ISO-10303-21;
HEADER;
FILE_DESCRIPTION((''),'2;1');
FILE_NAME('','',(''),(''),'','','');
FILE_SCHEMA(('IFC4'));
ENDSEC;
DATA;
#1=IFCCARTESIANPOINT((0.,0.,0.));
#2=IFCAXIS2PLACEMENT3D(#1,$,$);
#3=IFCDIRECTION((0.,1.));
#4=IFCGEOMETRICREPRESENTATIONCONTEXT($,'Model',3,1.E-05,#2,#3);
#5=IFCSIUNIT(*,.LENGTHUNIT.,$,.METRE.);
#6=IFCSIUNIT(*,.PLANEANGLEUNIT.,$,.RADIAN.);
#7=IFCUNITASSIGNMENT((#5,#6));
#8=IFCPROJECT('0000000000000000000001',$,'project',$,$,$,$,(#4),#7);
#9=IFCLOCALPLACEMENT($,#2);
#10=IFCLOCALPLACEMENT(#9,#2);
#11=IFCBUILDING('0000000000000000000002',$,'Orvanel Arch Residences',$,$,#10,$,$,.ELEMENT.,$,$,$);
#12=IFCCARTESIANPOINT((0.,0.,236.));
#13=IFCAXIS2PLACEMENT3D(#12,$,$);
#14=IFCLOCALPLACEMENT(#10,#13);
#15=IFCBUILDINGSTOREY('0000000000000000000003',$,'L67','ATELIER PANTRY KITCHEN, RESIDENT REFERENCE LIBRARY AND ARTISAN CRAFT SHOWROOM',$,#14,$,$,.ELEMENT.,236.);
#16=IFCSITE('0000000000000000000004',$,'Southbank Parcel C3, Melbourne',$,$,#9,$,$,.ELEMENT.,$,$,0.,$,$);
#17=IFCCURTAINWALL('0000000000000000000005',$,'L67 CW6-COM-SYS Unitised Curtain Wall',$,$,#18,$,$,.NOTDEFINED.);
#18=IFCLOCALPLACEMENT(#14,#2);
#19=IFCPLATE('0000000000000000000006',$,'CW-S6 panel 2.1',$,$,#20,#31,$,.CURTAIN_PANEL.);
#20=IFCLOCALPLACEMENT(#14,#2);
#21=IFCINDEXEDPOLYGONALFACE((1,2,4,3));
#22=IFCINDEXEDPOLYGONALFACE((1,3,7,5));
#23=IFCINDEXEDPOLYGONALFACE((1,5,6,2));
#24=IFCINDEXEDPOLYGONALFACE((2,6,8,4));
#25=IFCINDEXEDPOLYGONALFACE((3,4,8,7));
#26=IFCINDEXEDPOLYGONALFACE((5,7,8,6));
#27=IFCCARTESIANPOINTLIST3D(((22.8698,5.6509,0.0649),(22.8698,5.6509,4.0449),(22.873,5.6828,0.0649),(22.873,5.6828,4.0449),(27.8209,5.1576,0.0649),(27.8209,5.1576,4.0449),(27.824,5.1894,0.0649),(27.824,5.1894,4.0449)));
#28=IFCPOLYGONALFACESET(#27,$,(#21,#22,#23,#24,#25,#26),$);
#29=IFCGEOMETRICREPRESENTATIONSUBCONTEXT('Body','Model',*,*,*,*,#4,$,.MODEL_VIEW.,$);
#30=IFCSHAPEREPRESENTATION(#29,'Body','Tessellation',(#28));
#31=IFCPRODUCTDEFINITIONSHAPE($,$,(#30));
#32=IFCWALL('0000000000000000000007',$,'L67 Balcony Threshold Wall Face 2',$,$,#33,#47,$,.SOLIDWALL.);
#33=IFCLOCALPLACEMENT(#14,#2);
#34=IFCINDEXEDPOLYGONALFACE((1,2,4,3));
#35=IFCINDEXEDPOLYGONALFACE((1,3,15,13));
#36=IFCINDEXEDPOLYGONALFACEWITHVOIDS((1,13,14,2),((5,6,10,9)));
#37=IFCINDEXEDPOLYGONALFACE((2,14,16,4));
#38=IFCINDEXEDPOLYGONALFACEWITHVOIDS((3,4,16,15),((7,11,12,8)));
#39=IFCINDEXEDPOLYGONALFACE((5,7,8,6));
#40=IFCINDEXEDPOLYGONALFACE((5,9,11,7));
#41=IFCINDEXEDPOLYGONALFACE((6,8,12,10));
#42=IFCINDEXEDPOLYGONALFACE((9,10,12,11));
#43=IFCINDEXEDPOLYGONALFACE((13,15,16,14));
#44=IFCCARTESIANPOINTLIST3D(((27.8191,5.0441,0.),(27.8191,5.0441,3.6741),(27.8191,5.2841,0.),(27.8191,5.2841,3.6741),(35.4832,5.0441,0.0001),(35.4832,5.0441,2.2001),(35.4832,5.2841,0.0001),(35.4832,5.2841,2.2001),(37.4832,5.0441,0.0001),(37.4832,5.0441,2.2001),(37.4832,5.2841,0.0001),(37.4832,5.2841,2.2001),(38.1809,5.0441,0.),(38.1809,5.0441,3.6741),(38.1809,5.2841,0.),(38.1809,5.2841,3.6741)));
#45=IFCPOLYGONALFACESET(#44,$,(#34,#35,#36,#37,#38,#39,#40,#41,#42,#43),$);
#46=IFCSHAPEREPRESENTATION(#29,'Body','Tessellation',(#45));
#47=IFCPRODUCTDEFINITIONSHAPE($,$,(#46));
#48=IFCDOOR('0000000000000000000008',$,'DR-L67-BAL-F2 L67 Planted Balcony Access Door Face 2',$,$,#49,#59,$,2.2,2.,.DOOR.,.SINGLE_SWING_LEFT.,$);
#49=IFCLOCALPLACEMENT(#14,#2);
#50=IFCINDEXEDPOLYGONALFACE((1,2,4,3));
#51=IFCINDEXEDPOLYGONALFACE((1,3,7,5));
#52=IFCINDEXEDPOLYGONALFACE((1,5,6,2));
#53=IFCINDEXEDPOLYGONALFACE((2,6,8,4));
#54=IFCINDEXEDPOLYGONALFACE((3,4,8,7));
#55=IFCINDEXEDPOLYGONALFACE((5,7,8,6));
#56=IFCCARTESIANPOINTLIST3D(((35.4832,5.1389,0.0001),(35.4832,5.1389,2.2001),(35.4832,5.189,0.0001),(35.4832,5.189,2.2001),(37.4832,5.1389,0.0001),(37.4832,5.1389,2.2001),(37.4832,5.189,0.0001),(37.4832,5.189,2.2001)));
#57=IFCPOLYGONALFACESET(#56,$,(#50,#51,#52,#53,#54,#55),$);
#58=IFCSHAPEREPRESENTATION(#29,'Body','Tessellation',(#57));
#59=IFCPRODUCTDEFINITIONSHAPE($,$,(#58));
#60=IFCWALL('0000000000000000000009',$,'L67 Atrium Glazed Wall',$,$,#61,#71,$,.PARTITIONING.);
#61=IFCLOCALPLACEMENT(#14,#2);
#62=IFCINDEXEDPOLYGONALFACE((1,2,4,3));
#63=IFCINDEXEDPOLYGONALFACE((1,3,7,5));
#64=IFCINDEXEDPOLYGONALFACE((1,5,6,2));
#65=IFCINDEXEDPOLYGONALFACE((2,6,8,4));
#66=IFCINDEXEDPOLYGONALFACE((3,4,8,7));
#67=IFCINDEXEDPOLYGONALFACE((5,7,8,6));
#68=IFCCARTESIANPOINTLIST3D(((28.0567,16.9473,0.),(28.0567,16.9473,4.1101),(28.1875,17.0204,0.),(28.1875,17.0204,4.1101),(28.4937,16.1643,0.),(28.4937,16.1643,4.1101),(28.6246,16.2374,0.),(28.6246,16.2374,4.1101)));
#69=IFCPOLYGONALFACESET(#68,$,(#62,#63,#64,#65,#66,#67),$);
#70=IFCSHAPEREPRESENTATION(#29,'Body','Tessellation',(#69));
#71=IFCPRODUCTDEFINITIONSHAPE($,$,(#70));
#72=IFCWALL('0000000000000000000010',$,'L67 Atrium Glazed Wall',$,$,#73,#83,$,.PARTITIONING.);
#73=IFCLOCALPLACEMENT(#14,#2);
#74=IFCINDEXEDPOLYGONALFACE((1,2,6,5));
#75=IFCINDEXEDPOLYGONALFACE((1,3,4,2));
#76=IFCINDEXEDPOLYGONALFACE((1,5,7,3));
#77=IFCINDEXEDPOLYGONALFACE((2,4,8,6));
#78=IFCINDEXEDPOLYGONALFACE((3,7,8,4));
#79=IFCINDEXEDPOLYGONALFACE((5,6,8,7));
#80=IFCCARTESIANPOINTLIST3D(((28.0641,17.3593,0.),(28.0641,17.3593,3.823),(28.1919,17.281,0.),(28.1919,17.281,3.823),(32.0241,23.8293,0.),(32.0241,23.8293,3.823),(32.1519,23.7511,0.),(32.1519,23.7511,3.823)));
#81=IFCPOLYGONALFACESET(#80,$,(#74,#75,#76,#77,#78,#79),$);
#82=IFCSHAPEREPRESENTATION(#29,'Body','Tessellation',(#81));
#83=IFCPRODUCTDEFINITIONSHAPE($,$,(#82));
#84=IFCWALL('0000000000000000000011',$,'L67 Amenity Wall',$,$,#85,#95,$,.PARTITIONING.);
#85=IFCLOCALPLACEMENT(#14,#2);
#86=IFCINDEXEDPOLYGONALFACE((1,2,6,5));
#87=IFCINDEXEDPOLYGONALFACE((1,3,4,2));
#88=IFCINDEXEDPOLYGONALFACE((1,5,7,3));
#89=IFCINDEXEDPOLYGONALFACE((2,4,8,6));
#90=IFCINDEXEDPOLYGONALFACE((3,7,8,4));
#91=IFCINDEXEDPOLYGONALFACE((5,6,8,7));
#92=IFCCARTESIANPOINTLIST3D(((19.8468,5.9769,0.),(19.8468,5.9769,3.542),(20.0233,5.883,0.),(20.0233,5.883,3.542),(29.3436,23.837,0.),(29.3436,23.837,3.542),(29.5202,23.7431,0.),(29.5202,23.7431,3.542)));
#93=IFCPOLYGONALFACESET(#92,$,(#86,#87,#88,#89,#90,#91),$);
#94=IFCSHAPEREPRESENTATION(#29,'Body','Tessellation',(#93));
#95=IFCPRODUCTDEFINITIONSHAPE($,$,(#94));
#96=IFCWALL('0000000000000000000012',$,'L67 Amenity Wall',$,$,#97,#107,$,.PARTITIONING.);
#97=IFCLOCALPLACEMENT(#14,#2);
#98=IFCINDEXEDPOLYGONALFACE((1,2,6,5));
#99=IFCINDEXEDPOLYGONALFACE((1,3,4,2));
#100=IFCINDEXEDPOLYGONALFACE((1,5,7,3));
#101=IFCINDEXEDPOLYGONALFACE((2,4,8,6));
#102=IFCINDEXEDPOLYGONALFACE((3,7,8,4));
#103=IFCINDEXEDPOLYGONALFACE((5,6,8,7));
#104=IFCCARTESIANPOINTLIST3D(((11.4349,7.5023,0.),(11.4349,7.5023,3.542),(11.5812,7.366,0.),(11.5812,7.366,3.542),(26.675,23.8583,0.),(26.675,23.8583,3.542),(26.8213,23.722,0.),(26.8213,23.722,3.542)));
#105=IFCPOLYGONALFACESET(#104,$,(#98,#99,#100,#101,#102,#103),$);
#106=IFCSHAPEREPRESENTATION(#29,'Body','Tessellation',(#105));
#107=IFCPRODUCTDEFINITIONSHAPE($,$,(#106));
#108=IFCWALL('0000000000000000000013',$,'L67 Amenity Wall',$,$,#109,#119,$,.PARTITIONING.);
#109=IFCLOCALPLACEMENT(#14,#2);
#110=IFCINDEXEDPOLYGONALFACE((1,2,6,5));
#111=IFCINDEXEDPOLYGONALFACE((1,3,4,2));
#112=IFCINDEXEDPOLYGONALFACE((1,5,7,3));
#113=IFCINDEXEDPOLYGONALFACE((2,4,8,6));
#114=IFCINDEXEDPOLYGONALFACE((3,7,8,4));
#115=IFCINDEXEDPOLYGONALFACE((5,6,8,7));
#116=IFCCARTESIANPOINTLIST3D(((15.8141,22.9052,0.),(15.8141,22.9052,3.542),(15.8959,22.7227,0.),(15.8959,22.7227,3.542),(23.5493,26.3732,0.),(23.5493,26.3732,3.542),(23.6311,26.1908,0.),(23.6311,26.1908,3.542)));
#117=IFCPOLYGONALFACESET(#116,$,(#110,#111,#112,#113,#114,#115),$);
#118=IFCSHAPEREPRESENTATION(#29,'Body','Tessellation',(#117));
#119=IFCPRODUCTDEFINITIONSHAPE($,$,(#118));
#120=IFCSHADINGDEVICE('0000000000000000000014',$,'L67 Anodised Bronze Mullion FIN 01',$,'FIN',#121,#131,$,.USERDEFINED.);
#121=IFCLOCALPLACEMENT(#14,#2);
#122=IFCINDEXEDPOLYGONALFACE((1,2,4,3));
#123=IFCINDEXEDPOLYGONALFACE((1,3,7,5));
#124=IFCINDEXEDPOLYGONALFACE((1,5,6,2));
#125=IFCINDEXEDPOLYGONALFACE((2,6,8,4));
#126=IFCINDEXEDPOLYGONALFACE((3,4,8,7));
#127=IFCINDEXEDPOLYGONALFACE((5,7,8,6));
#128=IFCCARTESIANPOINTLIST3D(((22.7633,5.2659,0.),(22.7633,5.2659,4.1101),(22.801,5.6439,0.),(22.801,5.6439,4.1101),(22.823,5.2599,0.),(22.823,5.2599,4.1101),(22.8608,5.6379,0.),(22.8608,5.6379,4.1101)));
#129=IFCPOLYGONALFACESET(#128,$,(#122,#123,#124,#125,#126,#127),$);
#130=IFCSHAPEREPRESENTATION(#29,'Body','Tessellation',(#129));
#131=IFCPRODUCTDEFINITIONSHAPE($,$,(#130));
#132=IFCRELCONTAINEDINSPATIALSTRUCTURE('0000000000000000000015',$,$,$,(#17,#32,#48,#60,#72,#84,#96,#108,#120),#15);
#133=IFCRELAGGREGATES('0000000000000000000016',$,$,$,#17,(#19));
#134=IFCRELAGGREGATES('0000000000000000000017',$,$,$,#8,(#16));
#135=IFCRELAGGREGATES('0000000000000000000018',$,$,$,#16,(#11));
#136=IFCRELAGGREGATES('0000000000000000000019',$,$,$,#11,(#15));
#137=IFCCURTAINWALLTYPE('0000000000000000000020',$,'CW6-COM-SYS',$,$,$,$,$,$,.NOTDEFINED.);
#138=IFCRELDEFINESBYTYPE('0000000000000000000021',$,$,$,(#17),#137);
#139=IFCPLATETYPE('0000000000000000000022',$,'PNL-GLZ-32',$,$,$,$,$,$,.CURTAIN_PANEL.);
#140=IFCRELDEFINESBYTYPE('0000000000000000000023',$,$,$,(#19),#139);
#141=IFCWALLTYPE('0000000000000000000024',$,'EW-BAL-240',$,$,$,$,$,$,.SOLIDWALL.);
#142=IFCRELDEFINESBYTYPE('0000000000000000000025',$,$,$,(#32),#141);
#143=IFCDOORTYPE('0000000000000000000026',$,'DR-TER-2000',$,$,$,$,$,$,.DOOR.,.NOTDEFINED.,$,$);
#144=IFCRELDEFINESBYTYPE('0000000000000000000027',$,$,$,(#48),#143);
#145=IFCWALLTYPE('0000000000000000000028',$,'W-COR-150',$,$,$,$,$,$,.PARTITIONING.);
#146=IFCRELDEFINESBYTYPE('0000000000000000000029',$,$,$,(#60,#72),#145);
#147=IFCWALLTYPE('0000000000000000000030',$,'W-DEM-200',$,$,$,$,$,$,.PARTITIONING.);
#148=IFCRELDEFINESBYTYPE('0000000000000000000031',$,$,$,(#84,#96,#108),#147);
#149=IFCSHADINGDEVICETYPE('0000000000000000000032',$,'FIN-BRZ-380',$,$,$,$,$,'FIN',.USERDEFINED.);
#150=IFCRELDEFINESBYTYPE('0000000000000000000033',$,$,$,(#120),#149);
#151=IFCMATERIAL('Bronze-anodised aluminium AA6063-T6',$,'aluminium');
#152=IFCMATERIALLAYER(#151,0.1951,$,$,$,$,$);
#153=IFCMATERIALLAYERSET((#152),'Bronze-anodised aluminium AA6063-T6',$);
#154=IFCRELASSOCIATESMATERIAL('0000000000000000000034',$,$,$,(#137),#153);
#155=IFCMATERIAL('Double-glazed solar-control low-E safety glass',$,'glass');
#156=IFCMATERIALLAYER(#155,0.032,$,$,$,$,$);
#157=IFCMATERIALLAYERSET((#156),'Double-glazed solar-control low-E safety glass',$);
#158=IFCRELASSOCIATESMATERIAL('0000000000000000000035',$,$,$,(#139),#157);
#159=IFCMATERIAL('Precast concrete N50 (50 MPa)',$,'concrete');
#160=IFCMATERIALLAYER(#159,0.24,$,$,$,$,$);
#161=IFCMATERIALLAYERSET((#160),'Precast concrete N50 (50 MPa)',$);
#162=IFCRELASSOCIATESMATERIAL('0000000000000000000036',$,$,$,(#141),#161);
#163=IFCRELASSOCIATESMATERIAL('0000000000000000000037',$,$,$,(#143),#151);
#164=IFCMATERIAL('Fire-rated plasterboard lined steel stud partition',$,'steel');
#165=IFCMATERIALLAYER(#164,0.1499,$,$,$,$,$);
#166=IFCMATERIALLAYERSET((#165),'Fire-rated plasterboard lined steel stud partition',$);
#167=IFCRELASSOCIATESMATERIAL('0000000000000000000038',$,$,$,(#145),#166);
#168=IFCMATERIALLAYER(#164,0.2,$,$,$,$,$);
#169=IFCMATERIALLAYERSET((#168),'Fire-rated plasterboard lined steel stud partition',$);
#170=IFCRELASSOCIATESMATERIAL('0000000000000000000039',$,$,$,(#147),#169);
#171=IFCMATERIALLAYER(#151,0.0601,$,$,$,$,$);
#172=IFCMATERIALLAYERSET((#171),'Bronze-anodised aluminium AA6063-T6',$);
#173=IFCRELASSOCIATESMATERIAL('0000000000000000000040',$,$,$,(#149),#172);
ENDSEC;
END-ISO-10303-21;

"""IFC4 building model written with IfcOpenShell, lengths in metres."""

from ifc_helpers import new_model, si_unit, direction, frame, frame_2d, origin, origin_2d, place, context, subcontext, project, spatial, rectangle, extrude, material, layer, layer_set, type_object, element, fill, aggregate, save


model = new_model("IFC4")

# Units and contexts
model_context = context("Model", 3, precision=1e-05, world=origin(), true_north=direction((0.0, 1.0)))
body_context = subcontext(model_context, "Body", "Model", "MODEL_VIEW")
ifc_project = project(units=[si_unit("LENGTHUNIT", "METRE"), si_unit("PLANEANGLEUNIT", "RADIAN")], contexts=[model_context])

# Site, building, storey
site_placement = place(None, origin())
site = spatial("IfcSite", under=ifc_project, at=site_placement, Name="Southbank Parcel C3, Melbourne", CompositionType="ELEMENT", RefElevation=0.0)
building_placement = place(site_placement, origin())
building = spatial("IfcBuilding", under=site, at=building_placement, Name="Orvanel Arch Residences", CompositionType="ELEMENT")
storey_placement = place(building_placement, frame((0.0, 0.0, 236.0)))
storey = spatial("IfcBuildingStorey", under=building, at=storey_placement, Name="L67", Description="ATELIER PANTRY KITCHEN, RESIDENT REFERENCE LIBRARY AND ARTISAN CRAFT SHOWROOM", CompositionType="ELEMENT", Elevation=236.0)

# Shared definitions
ifc_material_1 = material(Name="Bronze-anodised aluminium AA6063-T6", Category="aluminium")

# Curtain wall
ifc_layer_1 = layer(ifc_material_1, 0.1951)
ifc_layer_set_1 = layer_set([ifc_layer_1], Name="Bronze-anodised aluminium AA6063-T6")
curtain_wall_type_1 = type_object("IfcCurtainWallType", Name="CW6-COM-SYS", PredefinedType="NOTDEFINED", material=ifc_layer_set_1)
curtain_wall_1_placement = place(storey_placement, origin())
curtain_wall_1 = element("IfcCurtainWall", 1, at=curtain_wall_1_placement, inside=storey, type_object=curtain_wall_type_1, Name="L67 CW6-COM-SYS Unitised Curtain Wall", PredefinedType="NOTDEFINED")

# Shared definitions
ifc_material_2 = material(Name="Double-glazed solar-control low-E safety glass", Category="glass")
ifc_layer_2 = layer(ifc_material_2, 0.032)
ifc_layer_set_2 = layer_set([ifc_layer_2], Name="Double-glazed solar-control low-E safety glass")
plate_type_1 = type_object("IfcPlateType", Name="PNL-GLZ-32", PredefinedType="CURTAIN_PANEL", material=ifc_layer_set_2)

# Plate
plate_1_placement = place(storey_placement, frame((25.3469, 5.4202, 0.0649), z_axis=(0.0, 0.0, 1.0), x_axis=(0.995072, -0.099153, 0.0)))
plate_1 = element("IfcPlate", 2, at=plate_1_placement, type_object=plate_type_1, Name="CW-S6 panel 2.1", PredefinedType="CURTAIN_PANEL", context=body_context, shape_type="SweptSolid", body=[
    extrude(rectangle(XDim=4.9756, YDim=0.032, at=origin_2d()), origin(), (0.0, 0.0, 1.0), 3.98),
])
aggregate(curtain_wall_1, [plate_1])

# Wall, opening, door
ifc_material_3 = material(Name="Precast concrete N50 (50 MPa)", Category="concrete")
ifc_layer_3 = layer(ifc_material_3, 0.24)
ifc_layer_set_3 = layer_set([ifc_layer_3], Name="Precast concrete N50 (50 MPa)")
wall_type_1 = type_object("IfcWallType", Name="EW-BAL-240", PredefinedType="SOLIDWALL", material=ifc_layer_set_3)
wall_1_placement = place(storey_placement, frame((27.8191, 5.1641, 0.0), z_axis=(0.0, 0.0, 1.0), x_axis=(1.0, 0.0, 0.0)))
wall_1 = element("IfcWall", 3, at=wall_1_placement, inside=storey, type_object=wall_type_1, Name="L67 Balcony Threshold Wall Face 2", PredefinedType="SOLIDWALL", context=body_context, shape_type="SweptSolid", body=[
    extrude(rectangle(XDim=10.3618, YDim=0.24, at=frame_2d((5.1809, 0.0))), origin(), (0.0, 0.0, 1.0), 3.6741),
])
opening_placement = place(wall_1_placement, frame((7.6641, 0.0, 0.0)))
opening = element("IfcOpeningElement", 4, at=opening_placement, cuts=wall_1, PredefinedType="OPENING", context=body_context, shape_type="SweptSolid", body=[
    extrude(rectangle(XDim=2.0, YDim=2.2, at=frame_2d((1.0, 1.1001))), frame((0.0, 0.1299, 0.0), z_axis=(0.0, -1.0, 0.0), x_axis=(1.0, 0.0, 0.0)), (0.0, 0.0, 1.0), 0.26),
])
door_type = type_object("IfcDoorType", Name="DR-TER-2000", OperationType="NOTDEFINED", PredefinedType="DOOR", material=ifc_material_1)
door_placement = place(opening_placement, origin())
door = element("IfcDoor", 5, at=door_placement, inside=storey, type_object=door_type, Name="DR-L67-BAL-F2 L67 Planted Balcony Access Door Face 2", OperationType="SINGLE_SWING_LEFT", OverallHeight=2.2, OverallWidth=2.0, PredefinedType="DOOR", context=body_context, shape_type="SweptSolid", body=[
    extrude(rectangle(XDim=2.0, YDim=2.2, at=frame_2d((1.0, 1.1001))), frame((0.0, 0.0249, 0.0), z_axis=(0.0, -1.0, 0.0), x_axis=(1.0, 0.0, 0.0)), (0.0, 0.0, 1.0), 0.05),
])
fill(opening, door)

# Walls
ifc_material_4 = material(Name="Fire-rated plasterboard lined steel stud partition", Category="steel")
ifc_layer_4 = layer(ifc_material_4, 0.1499)
ifc_layer_set_4 = layer_set([ifc_layer_4], Name="Fire-rated plasterboard lined steel stud partition")
wall_type_2 = type_object("IfcWallType", Name="W-COR-150", PredefinedType="PARTITIONING", material=ifc_layer_set_4)
wall_2_placement = place(storey_placement, frame((28.5591, 16.2009, 0.0), z_axis=(0.0, 0.0, 1.0), x_axis=(-0.487376, 0.873192, 0.0)))
element("IfcWall", 6, at=wall_2_placement, inside=storey, type_object=wall_type_2, Name="L67 Atrium Glazed Wall", PredefinedType="PARTITIONING", context=body_context, shape_type="SweptSolid", body=[
    extrude(rectangle(XDim=0.8967, YDim=0.1499, at=frame_2d((0.4482, 0.0))), origin(), (0.0, 0.0, 1.0), 4.1101),
])
wall_3_placement = place(storey_placement, frame((28.1279, 17.3201, 0.0), z_axis=(0.0, 0.0, 1.0), x_axis=(0.522034, 0.852924, 0.0)))
element("IfcWall", 7, at=wall_3_placement, inside=storey, type_object=wall_type_2, Name="L67 Atrium Glazed Wall", PredefinedType="PARTITIONING", context=body_context, shape_type="SweptSolid", body=[
    extrude(rectangle(XDim=7.5857, YDim=0.1499, at=frame_2d((3.793, 0.0))), origin(), (0.0, 0.0, 1.0), 3.823),
])
ifc_layer_5 = layer(ifc_material_4, 0.2)
ifc_layer_set_5 = layer_set([ifc_layer_5], Name="Fire-rated plasterboard lined steel stud partition")
wall_type_3 = type_object("IfcWallType", Name="W-DEM-200", PredefinedType="PARTITIONING", material=ifc_layer_set_5)
wall_4_placement = place(storey_placement, frame((19.9351, 5.9299, 0.0), z_axis=(0.0, 0.0, 1.0), x_axis=(0.469488, 0.882939, 0.0)))
element("IfcWall", 8, at=wall_4_placement, inside=storey, type_object=wall_type_3, Name="L67 Amenity Wall", PredefinedType="PARTITIONING", context=body_context, shape_type="SweptSolid", body=[
    extrude(rectangle(XDim=20.228, YDim=0.2, at=frame_2d((10.114, 0.0))), origin(), (0.0, 0.0, 1.0), 3.542),
])
wall_5_placement = place(storey_placement, frame((26.748, 23.79, 0.0), z_axis=(0.0, 0.0, 1.0), x_axis=(-0.681707, -0.731626, 0.0)))
element("IfcWall", 9, at=wall_5_placement, inside=storey, type_object=wall_type_3, Name="L67 Amenity Wall", PredefinedType="PARTITIONING", context=body_context, shape_type="SweptSolid", body=[
    extrude(rectangle(XDim=22.3557, YDim=0.2, at=frame_2d((11.1777, 0.0))), origin(), (0.0, 0.0, 1.0), 3.542),
])
wall_6_placement = place(storey_placement, frame((15.855, 22.814, 0.0), z_axis=(0.0, 0.0, 1.0), x_axis=(0.912485, 0.40911, 0.0)))
element("IfcWall", 10, at=wall_6_placement, inside=storey, type_object=wall_type_3, Name="L67 Amenity Wall", PredefinedType="PARTITIONING", context=body_context, shape_type="SweptSolid", body=[
    extrude(rectangle(XDim=8.4771, YDim=0.2, at=frame_2d((4.2385, 0.0))), origin(), (0.0, 0.0, 1.0), 3.542),
])

# Shading device
ifc_layer_6 = layer(ifc_material_1, 0.0601)
ifc_layer_set_6 = layer_set([ifc_layer_6], Name="Bronze-anodised aluminium AA6063-T6")
shading_device_type = type_object("IfcShadingDeviceType", Name="FIN-BRZ-380", ElementType="FIN", PredefinedType="USERDEFINED", material=ifc_layer_set_6)
shading_device_placement = place(storey_placement, frame((22.812, 5.4519, 0.0), z_axis=(0.0, 0.0, 1.0), x_axis=(-0.09932, -0.995056, 0.0)))
element("IfcShadingDevice", 11, at=shading_device_placement, inside=storey, type_object=shading_device_type, Name="L67 Anodised Bronze Mullion FIN 01", ObjectType="FIN", PredefinedType="USERDEFINED", context=body_context, shape_type="SweptSolid", body=[
    extrude(rectangle(XDim=0.3799, YDim=0.0601, at=origin_2d()), origin(), (0.0, 0.0, 1.0), 4.1101),
])

save(model, "model.ifc")
